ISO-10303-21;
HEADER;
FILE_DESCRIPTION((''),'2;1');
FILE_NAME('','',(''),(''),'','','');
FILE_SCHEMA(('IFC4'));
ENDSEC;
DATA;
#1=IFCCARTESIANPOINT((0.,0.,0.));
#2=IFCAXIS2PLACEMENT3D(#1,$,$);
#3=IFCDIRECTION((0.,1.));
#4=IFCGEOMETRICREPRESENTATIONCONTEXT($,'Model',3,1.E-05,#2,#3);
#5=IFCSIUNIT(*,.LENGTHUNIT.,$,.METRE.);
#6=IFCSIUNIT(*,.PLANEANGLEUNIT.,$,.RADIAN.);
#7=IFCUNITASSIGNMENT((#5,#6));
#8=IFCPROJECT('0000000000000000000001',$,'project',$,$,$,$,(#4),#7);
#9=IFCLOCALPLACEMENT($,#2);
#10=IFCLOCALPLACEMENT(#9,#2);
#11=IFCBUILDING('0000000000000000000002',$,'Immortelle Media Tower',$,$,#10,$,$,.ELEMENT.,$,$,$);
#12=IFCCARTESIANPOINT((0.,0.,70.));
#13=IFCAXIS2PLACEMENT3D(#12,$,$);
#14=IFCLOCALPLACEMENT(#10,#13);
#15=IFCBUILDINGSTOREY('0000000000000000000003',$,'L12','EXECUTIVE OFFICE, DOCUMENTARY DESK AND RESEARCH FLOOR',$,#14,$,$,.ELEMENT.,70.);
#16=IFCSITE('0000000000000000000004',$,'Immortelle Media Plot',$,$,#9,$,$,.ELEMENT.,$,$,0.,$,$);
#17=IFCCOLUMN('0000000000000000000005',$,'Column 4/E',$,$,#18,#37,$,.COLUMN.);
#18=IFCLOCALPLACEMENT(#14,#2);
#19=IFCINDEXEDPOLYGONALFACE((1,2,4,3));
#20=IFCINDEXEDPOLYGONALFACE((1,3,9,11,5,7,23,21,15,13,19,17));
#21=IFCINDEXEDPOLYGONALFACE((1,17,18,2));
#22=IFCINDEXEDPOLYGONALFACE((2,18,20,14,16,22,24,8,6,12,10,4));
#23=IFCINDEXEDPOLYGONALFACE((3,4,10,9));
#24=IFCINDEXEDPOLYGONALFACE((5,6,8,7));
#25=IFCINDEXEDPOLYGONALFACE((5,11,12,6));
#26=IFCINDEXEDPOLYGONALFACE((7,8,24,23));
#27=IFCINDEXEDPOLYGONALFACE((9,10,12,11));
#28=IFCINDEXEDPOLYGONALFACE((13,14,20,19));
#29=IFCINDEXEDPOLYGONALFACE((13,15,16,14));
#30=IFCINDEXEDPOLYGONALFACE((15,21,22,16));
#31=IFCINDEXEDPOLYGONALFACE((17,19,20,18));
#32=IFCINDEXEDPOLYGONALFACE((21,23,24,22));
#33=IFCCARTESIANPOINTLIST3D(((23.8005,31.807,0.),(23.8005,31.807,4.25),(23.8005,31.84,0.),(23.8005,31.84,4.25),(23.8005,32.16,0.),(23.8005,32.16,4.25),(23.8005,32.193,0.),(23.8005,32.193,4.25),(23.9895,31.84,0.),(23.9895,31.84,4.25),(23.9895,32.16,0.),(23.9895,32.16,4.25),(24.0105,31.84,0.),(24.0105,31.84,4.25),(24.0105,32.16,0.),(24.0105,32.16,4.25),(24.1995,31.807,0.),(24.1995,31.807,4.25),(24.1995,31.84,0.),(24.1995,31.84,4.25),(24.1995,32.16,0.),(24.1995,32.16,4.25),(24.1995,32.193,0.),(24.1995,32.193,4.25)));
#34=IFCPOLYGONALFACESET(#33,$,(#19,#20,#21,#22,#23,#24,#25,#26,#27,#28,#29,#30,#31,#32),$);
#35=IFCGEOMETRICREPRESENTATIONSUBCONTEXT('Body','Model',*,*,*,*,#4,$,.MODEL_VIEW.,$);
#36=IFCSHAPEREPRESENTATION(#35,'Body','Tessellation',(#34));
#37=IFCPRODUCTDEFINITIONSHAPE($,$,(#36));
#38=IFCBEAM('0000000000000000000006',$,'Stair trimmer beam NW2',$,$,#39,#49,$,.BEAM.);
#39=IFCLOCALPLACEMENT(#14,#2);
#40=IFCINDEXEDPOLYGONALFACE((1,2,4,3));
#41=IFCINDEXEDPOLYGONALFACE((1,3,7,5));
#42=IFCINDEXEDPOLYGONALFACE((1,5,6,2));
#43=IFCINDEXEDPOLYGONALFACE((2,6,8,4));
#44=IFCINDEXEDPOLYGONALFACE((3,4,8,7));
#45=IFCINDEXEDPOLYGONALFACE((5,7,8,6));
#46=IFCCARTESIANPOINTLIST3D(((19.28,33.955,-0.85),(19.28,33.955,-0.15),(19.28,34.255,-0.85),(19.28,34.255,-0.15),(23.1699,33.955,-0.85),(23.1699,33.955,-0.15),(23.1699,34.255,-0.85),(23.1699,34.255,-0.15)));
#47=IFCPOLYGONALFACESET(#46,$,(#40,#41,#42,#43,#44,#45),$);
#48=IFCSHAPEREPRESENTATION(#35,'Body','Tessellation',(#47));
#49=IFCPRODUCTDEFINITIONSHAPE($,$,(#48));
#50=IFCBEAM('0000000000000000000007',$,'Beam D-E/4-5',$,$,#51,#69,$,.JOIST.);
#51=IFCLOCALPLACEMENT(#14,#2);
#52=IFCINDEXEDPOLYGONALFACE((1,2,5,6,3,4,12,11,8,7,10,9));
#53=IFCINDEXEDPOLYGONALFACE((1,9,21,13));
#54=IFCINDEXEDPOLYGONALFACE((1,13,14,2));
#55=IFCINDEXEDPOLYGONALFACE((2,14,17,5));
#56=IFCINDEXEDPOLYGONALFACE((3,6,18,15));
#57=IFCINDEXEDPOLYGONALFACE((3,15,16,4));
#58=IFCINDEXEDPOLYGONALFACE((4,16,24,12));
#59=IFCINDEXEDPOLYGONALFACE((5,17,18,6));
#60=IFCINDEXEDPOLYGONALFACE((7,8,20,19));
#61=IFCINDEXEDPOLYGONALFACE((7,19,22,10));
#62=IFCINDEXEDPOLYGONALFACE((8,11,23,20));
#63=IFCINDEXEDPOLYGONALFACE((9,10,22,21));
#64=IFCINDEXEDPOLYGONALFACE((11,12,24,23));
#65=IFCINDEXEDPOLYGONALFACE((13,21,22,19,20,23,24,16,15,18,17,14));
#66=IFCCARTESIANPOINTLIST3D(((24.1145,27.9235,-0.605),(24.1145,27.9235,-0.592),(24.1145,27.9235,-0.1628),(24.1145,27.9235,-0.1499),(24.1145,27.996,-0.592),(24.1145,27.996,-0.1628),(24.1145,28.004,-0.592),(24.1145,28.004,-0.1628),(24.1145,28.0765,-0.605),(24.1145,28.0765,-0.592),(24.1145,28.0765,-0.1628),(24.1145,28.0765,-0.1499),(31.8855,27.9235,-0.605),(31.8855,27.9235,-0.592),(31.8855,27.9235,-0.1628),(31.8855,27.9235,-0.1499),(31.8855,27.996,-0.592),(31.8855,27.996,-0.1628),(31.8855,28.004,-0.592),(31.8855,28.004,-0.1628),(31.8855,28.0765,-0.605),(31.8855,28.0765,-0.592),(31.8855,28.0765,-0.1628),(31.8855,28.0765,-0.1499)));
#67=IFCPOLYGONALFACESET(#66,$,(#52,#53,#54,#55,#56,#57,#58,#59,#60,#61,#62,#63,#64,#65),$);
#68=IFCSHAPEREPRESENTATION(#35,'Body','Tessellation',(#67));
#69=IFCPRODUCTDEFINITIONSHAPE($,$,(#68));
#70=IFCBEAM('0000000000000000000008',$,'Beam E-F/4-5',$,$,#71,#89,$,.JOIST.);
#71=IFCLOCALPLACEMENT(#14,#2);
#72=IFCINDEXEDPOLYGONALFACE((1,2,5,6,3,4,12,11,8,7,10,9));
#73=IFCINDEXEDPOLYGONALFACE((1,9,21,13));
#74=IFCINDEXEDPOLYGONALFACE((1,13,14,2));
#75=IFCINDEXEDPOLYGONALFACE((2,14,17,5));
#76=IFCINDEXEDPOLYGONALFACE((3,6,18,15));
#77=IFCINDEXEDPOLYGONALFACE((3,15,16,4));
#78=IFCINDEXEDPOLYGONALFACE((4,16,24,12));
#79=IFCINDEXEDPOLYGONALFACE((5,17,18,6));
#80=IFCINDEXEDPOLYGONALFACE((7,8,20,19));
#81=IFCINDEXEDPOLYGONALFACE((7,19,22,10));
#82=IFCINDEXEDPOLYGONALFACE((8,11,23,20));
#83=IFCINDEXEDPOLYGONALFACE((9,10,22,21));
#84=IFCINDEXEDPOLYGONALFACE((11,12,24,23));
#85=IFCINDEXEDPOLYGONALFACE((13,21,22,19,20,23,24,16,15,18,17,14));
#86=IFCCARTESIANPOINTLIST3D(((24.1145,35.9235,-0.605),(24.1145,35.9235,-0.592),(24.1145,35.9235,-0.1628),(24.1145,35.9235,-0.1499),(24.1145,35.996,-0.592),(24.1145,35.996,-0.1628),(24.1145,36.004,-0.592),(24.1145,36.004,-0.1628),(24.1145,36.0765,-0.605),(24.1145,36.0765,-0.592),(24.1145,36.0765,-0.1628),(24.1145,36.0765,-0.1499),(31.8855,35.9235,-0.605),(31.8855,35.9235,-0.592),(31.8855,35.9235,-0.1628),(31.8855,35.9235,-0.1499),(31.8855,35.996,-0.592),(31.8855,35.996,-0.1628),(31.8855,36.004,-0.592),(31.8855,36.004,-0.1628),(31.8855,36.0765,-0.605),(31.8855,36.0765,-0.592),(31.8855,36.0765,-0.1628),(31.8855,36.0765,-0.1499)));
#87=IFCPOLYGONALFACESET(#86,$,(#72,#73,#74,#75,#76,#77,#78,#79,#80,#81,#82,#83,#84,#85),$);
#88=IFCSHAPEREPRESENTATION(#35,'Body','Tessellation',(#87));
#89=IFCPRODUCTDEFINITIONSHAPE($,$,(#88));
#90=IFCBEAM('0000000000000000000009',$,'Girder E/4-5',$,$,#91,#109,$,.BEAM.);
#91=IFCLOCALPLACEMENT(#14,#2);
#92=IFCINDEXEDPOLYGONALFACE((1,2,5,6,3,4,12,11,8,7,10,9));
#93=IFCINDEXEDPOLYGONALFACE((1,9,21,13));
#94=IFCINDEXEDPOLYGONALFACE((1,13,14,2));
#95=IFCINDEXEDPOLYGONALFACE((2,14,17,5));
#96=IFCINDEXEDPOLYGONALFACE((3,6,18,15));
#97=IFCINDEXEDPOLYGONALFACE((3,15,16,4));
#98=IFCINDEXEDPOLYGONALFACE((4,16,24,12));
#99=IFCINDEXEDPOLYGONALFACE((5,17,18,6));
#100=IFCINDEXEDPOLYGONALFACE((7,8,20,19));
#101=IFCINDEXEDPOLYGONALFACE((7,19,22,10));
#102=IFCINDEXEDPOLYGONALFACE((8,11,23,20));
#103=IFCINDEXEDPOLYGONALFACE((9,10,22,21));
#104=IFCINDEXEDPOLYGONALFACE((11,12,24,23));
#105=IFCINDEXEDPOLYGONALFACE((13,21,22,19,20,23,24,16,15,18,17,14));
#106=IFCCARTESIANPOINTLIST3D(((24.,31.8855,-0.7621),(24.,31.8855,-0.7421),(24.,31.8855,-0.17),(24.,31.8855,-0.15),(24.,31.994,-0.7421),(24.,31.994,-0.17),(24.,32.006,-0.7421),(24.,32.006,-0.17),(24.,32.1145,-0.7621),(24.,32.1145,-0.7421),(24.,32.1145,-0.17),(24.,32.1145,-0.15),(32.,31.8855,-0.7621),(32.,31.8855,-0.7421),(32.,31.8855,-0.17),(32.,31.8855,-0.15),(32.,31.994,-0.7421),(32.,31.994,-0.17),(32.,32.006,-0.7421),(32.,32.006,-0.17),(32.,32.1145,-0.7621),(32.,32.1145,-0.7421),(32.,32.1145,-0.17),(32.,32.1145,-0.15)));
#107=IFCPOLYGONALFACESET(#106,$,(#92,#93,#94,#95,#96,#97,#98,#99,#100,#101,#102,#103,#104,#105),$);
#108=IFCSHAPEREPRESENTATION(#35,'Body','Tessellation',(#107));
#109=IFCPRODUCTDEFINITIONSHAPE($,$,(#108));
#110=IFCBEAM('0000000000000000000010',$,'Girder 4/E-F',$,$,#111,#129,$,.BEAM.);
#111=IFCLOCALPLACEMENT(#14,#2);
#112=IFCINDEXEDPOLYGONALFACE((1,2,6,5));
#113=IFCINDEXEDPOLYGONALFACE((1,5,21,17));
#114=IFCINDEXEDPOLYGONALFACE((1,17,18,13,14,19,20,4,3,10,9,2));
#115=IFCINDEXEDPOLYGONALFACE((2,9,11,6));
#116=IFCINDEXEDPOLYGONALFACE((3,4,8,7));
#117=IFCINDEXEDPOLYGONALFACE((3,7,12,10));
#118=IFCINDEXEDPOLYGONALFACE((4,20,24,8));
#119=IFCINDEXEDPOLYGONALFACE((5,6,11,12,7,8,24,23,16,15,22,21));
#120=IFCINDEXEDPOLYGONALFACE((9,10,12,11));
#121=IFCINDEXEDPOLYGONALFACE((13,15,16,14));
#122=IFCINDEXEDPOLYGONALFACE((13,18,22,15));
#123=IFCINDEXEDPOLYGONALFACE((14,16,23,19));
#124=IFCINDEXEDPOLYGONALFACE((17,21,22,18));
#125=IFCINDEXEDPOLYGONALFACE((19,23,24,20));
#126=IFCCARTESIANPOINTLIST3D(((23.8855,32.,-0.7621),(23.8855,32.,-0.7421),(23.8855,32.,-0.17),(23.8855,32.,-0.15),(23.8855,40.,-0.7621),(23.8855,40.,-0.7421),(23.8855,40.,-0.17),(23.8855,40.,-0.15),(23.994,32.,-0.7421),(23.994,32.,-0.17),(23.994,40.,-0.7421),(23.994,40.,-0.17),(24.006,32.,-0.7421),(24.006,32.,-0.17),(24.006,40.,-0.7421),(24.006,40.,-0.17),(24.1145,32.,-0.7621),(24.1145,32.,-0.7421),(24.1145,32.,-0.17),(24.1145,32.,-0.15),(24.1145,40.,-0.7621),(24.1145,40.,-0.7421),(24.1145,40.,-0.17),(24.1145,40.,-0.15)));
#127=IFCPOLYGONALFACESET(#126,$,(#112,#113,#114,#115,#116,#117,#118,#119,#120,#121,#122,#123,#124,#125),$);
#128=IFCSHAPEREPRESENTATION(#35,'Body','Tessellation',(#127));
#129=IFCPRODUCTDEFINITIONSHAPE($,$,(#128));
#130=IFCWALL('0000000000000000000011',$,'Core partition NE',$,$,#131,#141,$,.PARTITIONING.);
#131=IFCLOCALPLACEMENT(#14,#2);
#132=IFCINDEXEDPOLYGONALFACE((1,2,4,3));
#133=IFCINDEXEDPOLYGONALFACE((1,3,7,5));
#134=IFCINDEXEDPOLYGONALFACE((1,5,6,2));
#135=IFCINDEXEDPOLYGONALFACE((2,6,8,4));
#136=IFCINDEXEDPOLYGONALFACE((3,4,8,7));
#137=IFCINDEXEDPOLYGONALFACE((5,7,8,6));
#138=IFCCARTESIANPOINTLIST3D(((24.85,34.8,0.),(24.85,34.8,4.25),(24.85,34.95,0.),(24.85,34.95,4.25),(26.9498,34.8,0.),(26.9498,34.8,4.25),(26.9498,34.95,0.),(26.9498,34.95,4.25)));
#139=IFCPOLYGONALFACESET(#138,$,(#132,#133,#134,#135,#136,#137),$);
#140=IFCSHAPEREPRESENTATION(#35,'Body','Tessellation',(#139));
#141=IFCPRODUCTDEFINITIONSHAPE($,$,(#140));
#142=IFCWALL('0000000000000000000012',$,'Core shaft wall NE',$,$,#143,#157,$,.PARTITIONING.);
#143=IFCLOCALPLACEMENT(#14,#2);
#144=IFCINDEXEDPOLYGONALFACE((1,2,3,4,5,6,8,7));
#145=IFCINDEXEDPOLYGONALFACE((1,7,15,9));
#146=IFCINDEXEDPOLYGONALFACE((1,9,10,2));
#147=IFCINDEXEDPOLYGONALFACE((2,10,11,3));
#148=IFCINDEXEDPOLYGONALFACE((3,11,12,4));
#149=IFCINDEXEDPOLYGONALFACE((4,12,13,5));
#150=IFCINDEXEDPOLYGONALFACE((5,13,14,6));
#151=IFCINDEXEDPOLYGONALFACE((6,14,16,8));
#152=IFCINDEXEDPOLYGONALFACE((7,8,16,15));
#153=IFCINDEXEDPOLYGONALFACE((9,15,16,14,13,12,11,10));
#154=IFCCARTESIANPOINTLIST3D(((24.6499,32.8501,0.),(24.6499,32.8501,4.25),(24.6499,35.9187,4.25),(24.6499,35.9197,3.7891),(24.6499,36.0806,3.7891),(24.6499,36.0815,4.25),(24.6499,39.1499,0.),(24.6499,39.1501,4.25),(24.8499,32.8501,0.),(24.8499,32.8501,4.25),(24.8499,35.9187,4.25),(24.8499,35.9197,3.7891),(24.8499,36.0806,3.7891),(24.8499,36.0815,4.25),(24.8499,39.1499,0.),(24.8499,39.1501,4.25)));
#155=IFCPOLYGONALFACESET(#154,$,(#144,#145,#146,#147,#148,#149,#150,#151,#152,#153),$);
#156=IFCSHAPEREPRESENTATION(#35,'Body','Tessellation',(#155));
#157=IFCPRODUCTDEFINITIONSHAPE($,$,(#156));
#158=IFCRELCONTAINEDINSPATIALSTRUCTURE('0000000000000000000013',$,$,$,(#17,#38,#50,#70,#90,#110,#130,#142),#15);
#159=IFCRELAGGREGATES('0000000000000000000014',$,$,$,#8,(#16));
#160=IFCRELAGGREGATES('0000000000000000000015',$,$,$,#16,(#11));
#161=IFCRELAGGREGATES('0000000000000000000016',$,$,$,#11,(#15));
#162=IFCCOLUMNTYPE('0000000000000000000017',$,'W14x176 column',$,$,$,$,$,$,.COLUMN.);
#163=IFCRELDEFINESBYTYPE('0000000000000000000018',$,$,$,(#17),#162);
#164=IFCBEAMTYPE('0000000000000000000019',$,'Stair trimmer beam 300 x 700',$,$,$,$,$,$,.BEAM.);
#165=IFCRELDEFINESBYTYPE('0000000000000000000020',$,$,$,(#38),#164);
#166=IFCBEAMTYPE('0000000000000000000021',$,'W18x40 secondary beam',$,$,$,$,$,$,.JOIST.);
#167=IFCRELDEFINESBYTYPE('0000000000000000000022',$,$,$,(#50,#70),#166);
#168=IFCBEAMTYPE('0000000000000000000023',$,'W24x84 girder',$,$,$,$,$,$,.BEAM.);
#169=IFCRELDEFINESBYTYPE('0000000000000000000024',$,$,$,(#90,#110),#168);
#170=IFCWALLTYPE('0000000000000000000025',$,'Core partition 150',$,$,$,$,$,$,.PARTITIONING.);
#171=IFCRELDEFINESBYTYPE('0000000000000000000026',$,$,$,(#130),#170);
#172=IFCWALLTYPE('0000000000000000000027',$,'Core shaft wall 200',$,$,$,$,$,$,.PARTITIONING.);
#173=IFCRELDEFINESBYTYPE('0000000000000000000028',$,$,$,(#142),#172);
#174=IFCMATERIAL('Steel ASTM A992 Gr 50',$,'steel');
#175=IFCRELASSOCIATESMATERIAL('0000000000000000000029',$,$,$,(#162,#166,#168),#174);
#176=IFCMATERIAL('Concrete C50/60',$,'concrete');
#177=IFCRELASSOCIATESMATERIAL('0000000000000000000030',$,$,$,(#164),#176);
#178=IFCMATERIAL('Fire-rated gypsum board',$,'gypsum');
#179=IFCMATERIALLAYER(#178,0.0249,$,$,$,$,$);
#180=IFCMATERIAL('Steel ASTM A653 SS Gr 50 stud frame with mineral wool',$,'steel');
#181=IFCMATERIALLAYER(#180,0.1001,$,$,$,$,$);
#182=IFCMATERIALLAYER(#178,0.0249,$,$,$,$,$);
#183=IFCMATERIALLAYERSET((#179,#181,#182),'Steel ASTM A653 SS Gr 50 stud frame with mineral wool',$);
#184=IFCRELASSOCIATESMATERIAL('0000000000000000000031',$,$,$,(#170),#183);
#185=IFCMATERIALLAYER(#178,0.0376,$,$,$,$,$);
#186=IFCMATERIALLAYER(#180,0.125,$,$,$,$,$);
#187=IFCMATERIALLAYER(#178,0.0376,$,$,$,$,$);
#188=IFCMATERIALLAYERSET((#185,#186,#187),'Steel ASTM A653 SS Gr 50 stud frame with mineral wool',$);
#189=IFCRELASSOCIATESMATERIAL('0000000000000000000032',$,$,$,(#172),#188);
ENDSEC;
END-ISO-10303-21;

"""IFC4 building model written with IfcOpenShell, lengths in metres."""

from ifc_helpers import new_model, si_unit, direction, frame, frame_2d, origin, origin_2d, place, context, subcontext, project, spatial, polyline, rectangle, i_section, outline, extrude, material, layer, layer_set, material_profile, profile_set, type_object, element, save


model = new_model("IFC4")

# Units and contexts
model_context = context("Model", 3, precision=1e-05, world=origin(), true_north=direction((0.0, 1.0)))
body_context = subcontext(model_context, "Body", "Model", "MODEL_VIEW")
ifc_project = project(units=[si_unit("LENGTHUNIT", "METRE"), si_unit("PLANEANGLEUNIT", "RADIAN")], contexts=[model_context])

# Site, building, storey
site_placement = place(None, origin())
site = spatial("IfcSite", under=ifc_project, at=site_placement, Name="Immortelle Media Plot", CompositionType="ELEMENT", RefElevation=0.0)
building_placement = place(site_placement, origin())
building = spatial("IfcBuilding", under=site, at=building_placement, Name="Immortelle Media Tower", CompositionType="ELEMENT")
storey_placement = place(building_placement, frame((0.0, 0.0, 70.0)))
storey = spatial("IfcBuildingStorey", under=building, at=storey_placement, Name="L12", Description="EXECUTIVE OFFICE, DOCUMENTARY DESK AND RESEARCH FLOOR", CompositionType="ELEMENT", Elevation=70.0)

# Column
ifc_material_1 = material(Name="Steel ASTM A992 Gr 50", Category="steel")
ifc_material_profile_1 = material_profile(ifc_material_1, i_section(OverallWidth=0.3989, OverallDepth=0.386, WebThickness=0.021, FlangeThickness=0.033, at=origin_2d()), Name="W14x176")
ifc_profile_set_1 = profile_set([ifc_material_profile_1], Name="Steel ASTM A992 Gr 50")
column_type = type_object("IfcColumnType", Name="W14x176 column", PredefinedType="COLUMN", material=ifc_profile_set_1)
column_placement = place(storey_placement, frame((24.0, 32.0, 0.0), z_axis=(0.0, 0.0, 1.0), x_axis=(1.0, 0.0, 0.0)))
element("IfcColumn", 1, at=column_placement, inside=storey, type_object=column_type, Name="Column 4/E", PredefinedType="COLUMN", context=body_context, shape_type="SweptSolid", body=[
    extrude(i_section(OverallWidth=0.3989, OverallDepth=0.386, WebThickness=0.021, FlangeThickness=0.033, at=origin_2d()), origin(), (0.0, 0.0, 1.0), 4.25),
])

# Beams
ifc_material_2 = material(Name="Concrete C50/60", Category="concrete")
ifc_material_profile_2 = material_profile(ifc_material_2, rectangle(XDim=0.3, YDim=0.7, at=origin_2d()), Name="RC 300x700")
ifc_profile_set_2 = profile_set([ifc_material_profile_2], Name="Concrete C50/60")
beam_type_1 = type_object("IfcBeamType", Name="Stair trimmer beam 300 x 700", PredefinedType="BEAM", material=ifc_profile_set_2)
beam_placement = place(storey_placement, frame((19.28, 34.105, -0.5), z_axis=(1.0, 0.0, 0.0), x_axis=(0.0, 1.0, 0.0)))
element("IfcBeam", 2, at=beam_placement, inside=storey, type_object=beam_type_1, Name="Stair trimmer beam NW2", PredefinedType="BEAM", context=body_context, shape_type="SweptSolid", body=[
    extrude(rectangle(XDim=0.3, YDim=0.7, at=origin_2d()), origin(), (0.0, 0.0, 1.0), 3.8899),
])
ifc_material_profile_3 = material_profile(ifc_material_1, i_section(OverallWidth=0.1531, OverallDepth=0.4551, WebThickness=0.0081, FlangeThickness=0.0129, at=origin_2d()), Name="W18x40")
ifc_profile_set_3 = profile_set([ifc_material_profile_3], Name="Steel ASTM A992 Gr 50")
beam_type_2 = type_object("IfcBeamType", Name="W18x40 secondary beam", PredefinedType="JOIST", material=ifc_profile_set_3)
for number, where, z_axis, x_axis, name in (
    (3, (24.1145, 28.0, -0.3774), (1.0, 0.0, 0.0), (0.0, 1.0, 0.0), "Beam D-E/4-5"),
    (4, (24.1145, 36.0, -0.3774), (1.0, 0.0, 0.0), (0.0, 1.0, 0.0), "Beam E-F/4-5"),
):
    element("IfcBeam", number, at=place(storey_placement, frame(where, z_axis=z_axis, x_axis=x_axis)), inside=storey, type_object=beam_type_2, Name=name, PredefinedType="JOIST", context=body_context, shape_type="SweptSolid", body=[
        extrude(i_section(OverallWidth=0.1531, OverallDepth=0.4551, WebThickness=0.0081, FlangeThickness=0.0129, at=origin_2d()), origin(), (0.0, 0.0, 1.0), 7.771),
    ])
ifc_material_profile_4 = material_profile(ifc_material_1, i_section(OverallWidth=0.229, OverallDepth=0.6121, WebThickness=0.012, FlangeThickness=0.02, at=origin_2d()), Name="W24x84")
ifc_profile_set_4 = profile_set([ifc_material_profile_4], Name="Steel ASTM A992 Gr 50")
beam_type_3 = type_object("IfcBeamType", Name="W24x84 girder", PredefinedType="BEAM", material=ifc_profile_set_4)
for number, where, z_axis, x_axis, name in (
    (5, (24.0, 32.0, -0.4561), (1.0, 0.0, 0.0), (0.0, 1.0, 0.0), "Girder E/4-5"),
    (6, (24.0, 32.0, -0.4561), (0.0, 1.0, 0.0), (-1.0, 0.0, 0.0), "Girder 4/E-F"),
):
    element("IfcBeam", number, at=place(storey_placement, frame(where, z_axis=z_axis, x_axis=x_axis)), inside=storey, type_object=beam_type_3, Name=name, PredefinedType="BEAM", context=body_context, shape_type="SweptSolid", body=[
        extrude(i_section(OverallWidth=0.229, OverallDepth=0.6121, WebThickness=0.012, FlangeThickness=0.02, at=origin_2d()), origin(), (0.0, 0.0, 1.0), 8.0),
    ])

# Walls
ifc_material_3 = material(Name="Fire-rated gypsum board", Category="gypsum")
ifc_layer_1 = layer(ifc_material_3, 0.0249)
ifc_material_4 = material(Name="Steel ASTM A653 SS Gr 50 stud frame with mineral wool", Category="steel")
ifc_layer_2 = layer(ifc_material_4, 0.1001)
ifc_layer_3 = layer(ifc_material_3, 0.0249)
ifc_layer_set_1 = layer_set([ifc_layer_1, ifc_layer_2, ifc_layer_3], Name="Steel ASTM A653 SS Gr 50 stud frame with mineral wool")
wall_type_1 = type_object("IfcWallType", Name="Core partition 150", PredefinedType="PARTITIONING", material=ifc_layer_set_1)
wall_1_placement = place(storey_placement, frame((24.8501, 34.875, 0.0), z_axis=(0.0, 0.0, 1.0), x_axis=(1.0, 0.0, 0.0)))
element("IfcWall", 7, at=wall_1_placement, inside=storey, type_object=wall_type_1, Name="Core partition NE", PredefinedType="PARTITIONING", context=body_context, shape_type="SweptSolid", body=[
    extrude(rectangle(XDim=2.0999, YDim=0.1499, at=frame_2d((1.0498, 0.0))), origin(), (0.0, 0.0, 1.0), 4.25),
])
ifc_layer_4 = layer(ifc_material_3, 0.0376)
ifc_layer_5 = layer(ifc_material_4, 0.125)
ifc_layer_6 = layer(ifc_material_3, 0.0376)
ifc_layer_set_2 = layer_set([ifc_layer_4, ifc_layer_5, ifc_layer_6], Name="Steel ASTM A653 SS Gr 50 stud frame with mineral wool")
wall_type_2 = type_object("IfcWallType", Name="Core shaft wall 200", PredefinedType="PARTITIONING", material=ifc_layer_set_2)
wall_2_placement = place(storey_placement, frame((24.75, 32.8501, 0.0), z_axis=(0.0, 0.0, 1.0), x_axis=(0.0, 1.0, 0.0)))
element("IfcWall", 8, at=wall_2_placement, inside=storey, type_object=wall_type_2, Name="Core shaft wall NE", PredefinedType="PARTITIONING", context=body_context, shape_type="SweptSolid", body=[
    extrude(outline(polyline([(0.0, 0.0), (6.2998, 0.0), (6.3, 4.25), (3.2314, 4.25), (3.2305, 3.7891), (3.0696, 3.7891), (3.0686, 4.25), (0.0, 4.25), (0.0, 0.0)])), frame((0.0, 0.1001, 0.0), z_axis=(0.0, -1.0, 0.0), x_axis=(1.0, 0.0, 0.0)), (0.0, 0.0, 1.0), 0.2),
])

save(model, "model.ifc")
